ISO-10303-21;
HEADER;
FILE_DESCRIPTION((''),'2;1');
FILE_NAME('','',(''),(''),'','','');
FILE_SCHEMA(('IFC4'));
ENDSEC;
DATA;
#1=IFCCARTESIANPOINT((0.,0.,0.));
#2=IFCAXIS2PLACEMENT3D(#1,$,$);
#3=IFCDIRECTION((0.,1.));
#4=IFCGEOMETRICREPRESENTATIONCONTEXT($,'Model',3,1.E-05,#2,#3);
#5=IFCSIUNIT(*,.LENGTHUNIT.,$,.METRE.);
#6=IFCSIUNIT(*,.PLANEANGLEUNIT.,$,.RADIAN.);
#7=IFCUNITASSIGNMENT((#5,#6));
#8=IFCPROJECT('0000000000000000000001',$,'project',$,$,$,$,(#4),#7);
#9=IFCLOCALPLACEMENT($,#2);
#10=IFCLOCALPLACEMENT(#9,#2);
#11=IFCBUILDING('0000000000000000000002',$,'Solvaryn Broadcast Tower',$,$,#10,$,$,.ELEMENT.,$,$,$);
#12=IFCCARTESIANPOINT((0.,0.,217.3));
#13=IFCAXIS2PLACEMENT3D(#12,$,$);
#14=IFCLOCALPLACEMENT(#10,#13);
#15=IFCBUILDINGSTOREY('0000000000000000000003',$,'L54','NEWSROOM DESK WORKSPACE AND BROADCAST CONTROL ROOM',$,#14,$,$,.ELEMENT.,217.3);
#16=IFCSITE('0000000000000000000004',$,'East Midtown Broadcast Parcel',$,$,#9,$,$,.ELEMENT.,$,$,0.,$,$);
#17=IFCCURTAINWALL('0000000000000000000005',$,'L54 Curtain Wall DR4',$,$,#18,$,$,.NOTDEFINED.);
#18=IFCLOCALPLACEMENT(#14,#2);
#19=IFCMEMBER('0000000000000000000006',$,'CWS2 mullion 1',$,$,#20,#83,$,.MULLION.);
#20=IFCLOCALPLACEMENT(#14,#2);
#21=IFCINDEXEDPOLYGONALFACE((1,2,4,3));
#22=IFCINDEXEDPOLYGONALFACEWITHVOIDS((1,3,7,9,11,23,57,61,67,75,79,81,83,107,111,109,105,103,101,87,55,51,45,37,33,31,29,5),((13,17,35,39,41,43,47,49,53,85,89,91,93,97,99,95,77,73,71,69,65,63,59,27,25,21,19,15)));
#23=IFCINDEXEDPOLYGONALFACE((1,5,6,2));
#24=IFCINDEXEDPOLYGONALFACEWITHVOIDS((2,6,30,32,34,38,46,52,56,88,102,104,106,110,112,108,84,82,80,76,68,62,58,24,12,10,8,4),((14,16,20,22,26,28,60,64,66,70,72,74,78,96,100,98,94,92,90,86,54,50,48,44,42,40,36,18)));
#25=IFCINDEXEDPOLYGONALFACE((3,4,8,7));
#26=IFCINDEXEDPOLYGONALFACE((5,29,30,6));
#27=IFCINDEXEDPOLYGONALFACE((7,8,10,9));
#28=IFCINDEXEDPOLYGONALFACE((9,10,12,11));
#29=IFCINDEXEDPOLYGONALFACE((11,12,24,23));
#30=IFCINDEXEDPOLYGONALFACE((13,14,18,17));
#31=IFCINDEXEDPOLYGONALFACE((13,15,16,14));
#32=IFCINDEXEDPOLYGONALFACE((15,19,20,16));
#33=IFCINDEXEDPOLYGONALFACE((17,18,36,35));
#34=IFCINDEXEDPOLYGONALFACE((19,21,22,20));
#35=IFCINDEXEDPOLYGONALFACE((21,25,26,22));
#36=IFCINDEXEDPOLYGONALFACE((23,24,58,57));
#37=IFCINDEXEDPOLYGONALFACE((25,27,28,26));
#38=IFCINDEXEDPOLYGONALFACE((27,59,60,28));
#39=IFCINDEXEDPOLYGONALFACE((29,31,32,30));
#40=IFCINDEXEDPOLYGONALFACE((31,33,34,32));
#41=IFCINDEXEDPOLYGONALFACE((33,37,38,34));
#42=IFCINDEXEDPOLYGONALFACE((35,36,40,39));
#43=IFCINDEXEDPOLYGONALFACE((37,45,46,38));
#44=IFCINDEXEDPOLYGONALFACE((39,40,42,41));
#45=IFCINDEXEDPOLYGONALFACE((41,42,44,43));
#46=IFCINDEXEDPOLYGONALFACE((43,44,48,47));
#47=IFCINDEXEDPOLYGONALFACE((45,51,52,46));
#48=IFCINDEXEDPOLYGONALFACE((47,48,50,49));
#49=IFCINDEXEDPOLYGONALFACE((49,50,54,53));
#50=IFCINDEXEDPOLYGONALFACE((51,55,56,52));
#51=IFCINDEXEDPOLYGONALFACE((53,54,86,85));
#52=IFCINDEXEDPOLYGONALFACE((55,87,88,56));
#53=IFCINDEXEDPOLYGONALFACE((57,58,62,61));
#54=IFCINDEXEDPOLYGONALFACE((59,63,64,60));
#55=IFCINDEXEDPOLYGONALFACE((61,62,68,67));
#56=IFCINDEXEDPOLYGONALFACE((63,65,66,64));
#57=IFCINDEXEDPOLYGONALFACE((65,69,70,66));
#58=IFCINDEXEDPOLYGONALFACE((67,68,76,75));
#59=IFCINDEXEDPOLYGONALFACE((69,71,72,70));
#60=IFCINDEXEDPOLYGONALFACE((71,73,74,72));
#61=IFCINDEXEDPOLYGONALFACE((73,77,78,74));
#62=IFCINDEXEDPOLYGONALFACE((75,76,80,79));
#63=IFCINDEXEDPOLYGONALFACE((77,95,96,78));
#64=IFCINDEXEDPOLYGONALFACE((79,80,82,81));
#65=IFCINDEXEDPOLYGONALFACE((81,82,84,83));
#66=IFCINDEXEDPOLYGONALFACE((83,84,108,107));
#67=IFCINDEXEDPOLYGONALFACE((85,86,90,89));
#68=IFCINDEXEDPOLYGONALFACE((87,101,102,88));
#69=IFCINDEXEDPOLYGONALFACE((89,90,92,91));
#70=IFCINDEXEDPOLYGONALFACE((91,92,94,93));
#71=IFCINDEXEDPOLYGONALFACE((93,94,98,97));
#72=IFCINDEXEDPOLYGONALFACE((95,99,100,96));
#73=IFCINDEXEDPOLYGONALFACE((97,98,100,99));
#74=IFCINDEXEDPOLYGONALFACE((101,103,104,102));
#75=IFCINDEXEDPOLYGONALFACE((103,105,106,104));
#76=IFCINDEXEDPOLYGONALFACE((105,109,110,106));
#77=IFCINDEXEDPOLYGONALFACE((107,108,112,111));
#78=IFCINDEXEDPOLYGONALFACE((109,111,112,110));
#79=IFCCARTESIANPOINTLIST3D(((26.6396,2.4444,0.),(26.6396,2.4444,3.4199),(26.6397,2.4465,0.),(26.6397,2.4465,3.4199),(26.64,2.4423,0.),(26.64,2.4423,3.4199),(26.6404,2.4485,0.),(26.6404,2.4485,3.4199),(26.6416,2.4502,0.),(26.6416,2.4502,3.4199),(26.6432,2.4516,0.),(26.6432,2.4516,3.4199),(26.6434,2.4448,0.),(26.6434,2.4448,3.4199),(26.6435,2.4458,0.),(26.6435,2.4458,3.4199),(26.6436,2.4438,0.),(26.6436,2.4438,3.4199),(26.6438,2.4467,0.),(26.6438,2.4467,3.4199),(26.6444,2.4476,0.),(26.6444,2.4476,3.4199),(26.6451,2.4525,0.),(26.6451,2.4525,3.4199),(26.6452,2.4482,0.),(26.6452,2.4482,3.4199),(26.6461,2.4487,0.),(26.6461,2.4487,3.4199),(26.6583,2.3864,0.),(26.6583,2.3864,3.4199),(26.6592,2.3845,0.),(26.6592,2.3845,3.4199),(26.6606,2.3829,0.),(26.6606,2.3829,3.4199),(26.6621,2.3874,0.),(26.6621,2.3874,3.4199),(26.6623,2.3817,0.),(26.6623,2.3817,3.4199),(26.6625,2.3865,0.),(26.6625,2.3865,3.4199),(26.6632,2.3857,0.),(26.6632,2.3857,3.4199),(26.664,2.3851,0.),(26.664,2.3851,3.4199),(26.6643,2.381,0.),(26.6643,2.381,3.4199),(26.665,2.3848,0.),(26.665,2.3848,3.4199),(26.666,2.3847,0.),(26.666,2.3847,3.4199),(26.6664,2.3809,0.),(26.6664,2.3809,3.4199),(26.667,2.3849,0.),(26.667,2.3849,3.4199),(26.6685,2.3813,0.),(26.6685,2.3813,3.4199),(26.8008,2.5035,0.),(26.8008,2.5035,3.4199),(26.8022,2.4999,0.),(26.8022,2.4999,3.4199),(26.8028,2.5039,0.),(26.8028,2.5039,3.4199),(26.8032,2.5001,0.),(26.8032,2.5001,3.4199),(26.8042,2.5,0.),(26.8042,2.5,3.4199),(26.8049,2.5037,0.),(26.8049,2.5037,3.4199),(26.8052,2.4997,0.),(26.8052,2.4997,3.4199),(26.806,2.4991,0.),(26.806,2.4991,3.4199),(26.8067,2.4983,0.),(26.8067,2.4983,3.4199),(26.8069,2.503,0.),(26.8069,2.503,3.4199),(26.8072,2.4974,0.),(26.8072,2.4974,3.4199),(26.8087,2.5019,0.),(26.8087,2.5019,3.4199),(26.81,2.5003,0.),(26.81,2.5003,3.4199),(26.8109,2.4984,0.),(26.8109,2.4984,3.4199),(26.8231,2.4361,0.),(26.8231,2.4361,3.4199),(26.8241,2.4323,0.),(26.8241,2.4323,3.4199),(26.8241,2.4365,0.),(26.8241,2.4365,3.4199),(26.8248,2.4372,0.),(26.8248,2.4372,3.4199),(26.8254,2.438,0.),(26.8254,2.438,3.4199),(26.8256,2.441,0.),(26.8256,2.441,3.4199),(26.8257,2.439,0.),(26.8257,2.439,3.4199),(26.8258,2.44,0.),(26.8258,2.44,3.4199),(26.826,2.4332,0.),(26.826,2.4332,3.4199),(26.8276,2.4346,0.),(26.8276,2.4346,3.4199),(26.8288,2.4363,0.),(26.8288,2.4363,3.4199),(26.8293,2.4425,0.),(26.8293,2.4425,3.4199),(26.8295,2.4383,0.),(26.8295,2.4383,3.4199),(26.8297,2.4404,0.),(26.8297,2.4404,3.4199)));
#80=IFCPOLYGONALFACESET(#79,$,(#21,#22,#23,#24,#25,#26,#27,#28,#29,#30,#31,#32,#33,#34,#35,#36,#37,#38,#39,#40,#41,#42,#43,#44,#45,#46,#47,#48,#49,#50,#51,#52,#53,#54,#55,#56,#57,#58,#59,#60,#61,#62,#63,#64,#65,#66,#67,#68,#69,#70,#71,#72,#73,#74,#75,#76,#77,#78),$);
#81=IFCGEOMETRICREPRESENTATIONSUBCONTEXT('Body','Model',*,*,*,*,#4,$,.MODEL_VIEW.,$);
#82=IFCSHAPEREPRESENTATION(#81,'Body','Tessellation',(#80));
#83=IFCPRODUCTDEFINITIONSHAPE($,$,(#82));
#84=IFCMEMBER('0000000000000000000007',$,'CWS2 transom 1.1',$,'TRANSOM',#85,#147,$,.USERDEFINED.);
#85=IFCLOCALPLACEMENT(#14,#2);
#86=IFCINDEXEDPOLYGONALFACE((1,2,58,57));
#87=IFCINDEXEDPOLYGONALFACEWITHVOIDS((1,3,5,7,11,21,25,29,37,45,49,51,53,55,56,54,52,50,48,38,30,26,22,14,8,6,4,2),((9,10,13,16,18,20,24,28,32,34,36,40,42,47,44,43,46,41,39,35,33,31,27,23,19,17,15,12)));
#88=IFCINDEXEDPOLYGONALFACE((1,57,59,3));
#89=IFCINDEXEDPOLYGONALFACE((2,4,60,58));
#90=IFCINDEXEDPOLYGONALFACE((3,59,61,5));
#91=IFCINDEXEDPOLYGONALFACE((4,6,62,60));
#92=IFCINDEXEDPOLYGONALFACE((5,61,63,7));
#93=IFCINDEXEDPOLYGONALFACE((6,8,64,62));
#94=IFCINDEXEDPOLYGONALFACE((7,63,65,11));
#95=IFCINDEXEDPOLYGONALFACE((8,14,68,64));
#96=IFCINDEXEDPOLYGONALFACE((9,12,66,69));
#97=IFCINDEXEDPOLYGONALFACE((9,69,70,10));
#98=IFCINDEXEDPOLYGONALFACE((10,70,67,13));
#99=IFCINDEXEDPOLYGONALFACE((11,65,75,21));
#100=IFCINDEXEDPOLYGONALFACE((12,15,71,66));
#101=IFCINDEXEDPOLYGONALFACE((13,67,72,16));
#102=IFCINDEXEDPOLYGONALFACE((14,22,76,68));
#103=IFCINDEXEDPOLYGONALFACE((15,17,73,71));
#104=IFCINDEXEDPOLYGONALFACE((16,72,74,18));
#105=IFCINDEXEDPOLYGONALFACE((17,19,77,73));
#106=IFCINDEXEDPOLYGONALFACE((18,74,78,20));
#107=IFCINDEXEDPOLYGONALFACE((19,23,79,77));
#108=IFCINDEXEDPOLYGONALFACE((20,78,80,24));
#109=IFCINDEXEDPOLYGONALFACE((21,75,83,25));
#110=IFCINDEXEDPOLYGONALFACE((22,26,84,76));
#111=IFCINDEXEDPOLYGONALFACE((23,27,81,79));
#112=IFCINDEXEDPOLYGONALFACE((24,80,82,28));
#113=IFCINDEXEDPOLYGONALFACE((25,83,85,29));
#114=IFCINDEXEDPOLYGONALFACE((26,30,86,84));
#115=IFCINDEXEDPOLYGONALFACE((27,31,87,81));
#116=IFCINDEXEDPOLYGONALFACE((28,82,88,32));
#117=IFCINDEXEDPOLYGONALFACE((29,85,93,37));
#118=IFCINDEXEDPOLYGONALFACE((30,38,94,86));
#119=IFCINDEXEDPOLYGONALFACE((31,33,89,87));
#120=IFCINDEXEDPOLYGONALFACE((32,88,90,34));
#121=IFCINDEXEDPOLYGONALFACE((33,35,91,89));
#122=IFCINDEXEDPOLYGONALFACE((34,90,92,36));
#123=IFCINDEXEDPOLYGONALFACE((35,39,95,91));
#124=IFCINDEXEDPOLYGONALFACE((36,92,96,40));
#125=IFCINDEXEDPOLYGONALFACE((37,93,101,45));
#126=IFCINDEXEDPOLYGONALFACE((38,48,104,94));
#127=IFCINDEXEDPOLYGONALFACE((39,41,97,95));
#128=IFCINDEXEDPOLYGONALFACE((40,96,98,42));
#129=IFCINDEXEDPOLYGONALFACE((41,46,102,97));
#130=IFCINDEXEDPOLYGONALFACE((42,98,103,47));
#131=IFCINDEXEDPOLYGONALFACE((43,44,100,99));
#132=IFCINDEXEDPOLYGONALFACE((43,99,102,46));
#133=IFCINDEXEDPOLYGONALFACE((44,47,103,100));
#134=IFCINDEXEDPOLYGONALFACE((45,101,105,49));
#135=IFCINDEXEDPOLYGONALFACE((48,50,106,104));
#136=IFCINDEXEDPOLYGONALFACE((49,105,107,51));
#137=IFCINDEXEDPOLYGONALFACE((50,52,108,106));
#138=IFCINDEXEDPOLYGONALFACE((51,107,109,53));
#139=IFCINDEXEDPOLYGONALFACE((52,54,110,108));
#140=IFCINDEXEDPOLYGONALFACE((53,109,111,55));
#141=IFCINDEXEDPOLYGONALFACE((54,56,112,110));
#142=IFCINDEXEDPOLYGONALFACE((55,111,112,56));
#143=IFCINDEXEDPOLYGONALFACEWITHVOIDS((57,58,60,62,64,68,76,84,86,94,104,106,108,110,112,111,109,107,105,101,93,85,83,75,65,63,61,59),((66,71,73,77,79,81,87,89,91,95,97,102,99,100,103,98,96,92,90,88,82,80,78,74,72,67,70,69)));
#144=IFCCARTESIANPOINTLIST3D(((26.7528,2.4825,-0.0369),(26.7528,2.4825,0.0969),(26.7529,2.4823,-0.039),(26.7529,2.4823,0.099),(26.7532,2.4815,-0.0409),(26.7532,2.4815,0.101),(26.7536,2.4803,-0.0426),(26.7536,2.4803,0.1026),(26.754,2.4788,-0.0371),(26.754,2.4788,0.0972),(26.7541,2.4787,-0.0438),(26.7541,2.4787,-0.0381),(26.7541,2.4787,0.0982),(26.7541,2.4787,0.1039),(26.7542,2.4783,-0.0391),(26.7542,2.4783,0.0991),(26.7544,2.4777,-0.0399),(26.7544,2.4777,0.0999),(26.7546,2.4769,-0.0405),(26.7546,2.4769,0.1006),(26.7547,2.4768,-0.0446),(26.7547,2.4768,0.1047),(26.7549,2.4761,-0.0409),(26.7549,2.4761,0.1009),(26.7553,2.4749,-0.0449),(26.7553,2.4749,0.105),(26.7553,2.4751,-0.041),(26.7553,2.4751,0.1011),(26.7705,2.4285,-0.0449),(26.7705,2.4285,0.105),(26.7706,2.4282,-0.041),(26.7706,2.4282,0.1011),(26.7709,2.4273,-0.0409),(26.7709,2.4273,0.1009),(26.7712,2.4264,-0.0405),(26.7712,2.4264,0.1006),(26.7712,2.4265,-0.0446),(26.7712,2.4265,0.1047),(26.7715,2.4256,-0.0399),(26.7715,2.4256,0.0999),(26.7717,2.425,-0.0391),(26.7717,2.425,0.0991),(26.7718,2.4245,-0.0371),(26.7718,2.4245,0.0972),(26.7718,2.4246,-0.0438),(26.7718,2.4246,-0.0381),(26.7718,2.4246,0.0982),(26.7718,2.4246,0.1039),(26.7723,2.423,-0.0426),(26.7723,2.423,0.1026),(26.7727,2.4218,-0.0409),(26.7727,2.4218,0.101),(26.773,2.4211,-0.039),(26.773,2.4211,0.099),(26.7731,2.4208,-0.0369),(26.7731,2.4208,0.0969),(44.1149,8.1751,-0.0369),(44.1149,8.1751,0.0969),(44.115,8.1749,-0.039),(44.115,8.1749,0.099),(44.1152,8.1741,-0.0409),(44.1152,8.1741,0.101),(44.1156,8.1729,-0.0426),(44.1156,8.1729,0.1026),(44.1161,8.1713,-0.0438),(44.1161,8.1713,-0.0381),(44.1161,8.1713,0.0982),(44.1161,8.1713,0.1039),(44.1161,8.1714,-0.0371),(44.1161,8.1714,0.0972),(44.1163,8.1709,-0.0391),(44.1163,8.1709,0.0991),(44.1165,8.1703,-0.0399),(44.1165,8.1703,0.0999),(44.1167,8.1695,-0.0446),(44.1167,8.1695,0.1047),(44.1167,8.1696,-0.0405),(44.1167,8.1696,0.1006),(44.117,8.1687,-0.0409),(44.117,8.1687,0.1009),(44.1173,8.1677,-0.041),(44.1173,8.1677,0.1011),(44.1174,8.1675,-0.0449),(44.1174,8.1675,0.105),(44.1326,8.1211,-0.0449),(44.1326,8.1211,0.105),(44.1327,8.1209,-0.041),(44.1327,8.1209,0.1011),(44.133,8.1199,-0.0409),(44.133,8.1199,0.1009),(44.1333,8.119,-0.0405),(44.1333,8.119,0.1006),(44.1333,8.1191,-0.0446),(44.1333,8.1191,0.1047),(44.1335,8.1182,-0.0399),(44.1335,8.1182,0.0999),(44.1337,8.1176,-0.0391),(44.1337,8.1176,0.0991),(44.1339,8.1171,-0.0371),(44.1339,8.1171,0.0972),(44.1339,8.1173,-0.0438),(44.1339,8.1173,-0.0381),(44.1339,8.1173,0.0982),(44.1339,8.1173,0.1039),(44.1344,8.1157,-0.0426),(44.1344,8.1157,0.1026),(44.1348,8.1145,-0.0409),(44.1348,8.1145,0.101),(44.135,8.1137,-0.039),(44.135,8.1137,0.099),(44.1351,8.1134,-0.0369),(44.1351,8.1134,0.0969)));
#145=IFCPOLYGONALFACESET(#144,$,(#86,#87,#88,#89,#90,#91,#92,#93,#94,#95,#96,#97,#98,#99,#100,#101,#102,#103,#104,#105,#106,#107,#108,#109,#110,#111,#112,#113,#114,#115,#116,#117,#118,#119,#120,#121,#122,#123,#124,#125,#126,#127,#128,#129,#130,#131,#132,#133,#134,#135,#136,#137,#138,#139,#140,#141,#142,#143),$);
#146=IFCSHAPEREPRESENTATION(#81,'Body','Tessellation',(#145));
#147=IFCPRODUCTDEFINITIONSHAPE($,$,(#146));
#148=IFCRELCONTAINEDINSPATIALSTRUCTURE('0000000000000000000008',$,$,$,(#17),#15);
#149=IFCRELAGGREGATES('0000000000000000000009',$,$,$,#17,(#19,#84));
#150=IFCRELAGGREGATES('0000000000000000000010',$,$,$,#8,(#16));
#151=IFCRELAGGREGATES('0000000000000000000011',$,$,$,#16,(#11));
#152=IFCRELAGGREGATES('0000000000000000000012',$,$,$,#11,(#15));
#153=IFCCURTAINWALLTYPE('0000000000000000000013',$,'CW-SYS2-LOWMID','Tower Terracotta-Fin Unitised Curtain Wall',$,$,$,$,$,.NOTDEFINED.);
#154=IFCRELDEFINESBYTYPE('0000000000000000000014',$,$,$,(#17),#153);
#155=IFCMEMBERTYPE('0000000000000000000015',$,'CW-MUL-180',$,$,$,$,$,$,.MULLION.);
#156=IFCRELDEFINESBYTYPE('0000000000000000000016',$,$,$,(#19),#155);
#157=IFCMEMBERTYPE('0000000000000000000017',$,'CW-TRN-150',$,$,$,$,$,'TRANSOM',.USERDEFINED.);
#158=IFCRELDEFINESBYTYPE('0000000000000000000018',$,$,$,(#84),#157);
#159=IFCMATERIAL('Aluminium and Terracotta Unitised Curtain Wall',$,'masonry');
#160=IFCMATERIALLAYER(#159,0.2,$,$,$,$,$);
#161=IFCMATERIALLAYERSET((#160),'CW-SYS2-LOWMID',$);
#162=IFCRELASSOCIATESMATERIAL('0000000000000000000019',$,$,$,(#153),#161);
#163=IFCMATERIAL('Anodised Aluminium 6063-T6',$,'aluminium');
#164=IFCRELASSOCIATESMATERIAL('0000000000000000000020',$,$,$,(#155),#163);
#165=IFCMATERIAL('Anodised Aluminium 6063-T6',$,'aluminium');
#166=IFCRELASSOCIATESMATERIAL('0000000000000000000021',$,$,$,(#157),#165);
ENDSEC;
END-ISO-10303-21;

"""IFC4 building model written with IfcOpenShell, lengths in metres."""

from ifc_helpers import new_model, si_unit, direction, frame, origin, origin_2d, place, context, subcontext, project, spatial, hollow_rectangle, extrude, material, layer, layer_set, material_profile, profile_set, type_object, element, aggregate, save


model = new_model("IFC4")

# Units and contexts
model_context = context("Model", 3, precision=1e-05, world=origin(), true_north=direction((0.0, 1.0)))
body_context = subcontext(model_context, "Body", "Model", "MODEL_VIEW")
ifc_project = project(units=[si_unit("LENGTHUNIT", "METRE"), si_unit("PLANEANGLEUNIT", "RADIAN")], contexts=[model_context])

# Site, building, storey
site_placement = place(None, origin())
site = spatial("IfcSite", under=ifc_project, at=site_placement, Name="East Midtown Broadcast Parcel", CompositionType="ELEMENT", RefElevation=0.0)
building_placement = place(site_placement, origin())
building = spatial("IfcBuilding", under=site, at=building_placement, Name="Solvaryn Broadcast Tower", CompositionType="ELEMENT")
storey_placement = place(building_placement, frame((0.0, 0.0, 217.3)))
storey = spatial("IfcBuildingStorey", under=building, at=storey_placement, Name="L54", Description="NEWSROOM DESK WORKSPACE AND BROADCAST CONTROL ROOM", CompositionType="ELEMENT", Elevation=217.3)

# Shared definitions
ifc_material_1 = material(Name="Aluminium and Terracotta Unitised Curtain Wall", Category="masonry")
ifc_layer_1 = layer(ifc_material_1, 0.2)
ifc_layer_set_1 = layer_set([ifc_layer_1], Name="CW-SYS2-LOWMID")
curtain_wall_type = type_object("IfcCurtainWallType", Name="CW-SYS2-LOWMID", Description="Tower Terracotta-Fin Unitised Curtain Wall", PredefinedType="NOTDEFINED", material=ifc_layer_set_1)
ifc_material_2 = material(Name="Anodised Aluminium 6063-T6", Category="aluminium")
ifc_material_profile_1 = material_profile(ifc_material_2, hollow_rectangle(XDim=0.075, YDim=0.1799, WallThickness=0.0039, InnerFilletRadius=0.0039, OuterFilletRadius=0.0081, at=origin_2d()))
ifc_profile_set_1 = profile_set([ifc_material_profile_1], Name="Anodised Aluminium 6063-T6")
member_type_1 = type_object("IfcMemberType", Name="CW-MUL-180", PredefinedType="MULLION", material=ifc_profile_set_1)

# Curtain wall, members
curtain_wall_1_placement = place(storey_placement, origin())
curtain_wall_1 = element("IfcCurtainWall", 1, at=curtain_wall_1_placement, inside=storey, type_object=curtain_wall_type, Name="L54 Curtain Wall DR4", PredefinedType="NOTDEFINED")
member_1_placement = place(storey_placement, frame((26.7346, 2.4424, 0.0), z_axis=(0.0, 0.0, 1.0), x_axis=(-0.311559, 0.950227, 0.0)))
member_1 = element("IfcMember", 2, at=member_1_placement, type_object=member_type_1, Name="CWS2 mullion 1", PredefinedType="MULLION", context=body_context, shape_type="SweptSolid", body=[
    extrude(hollow_rectangle(XDim=0.075, YDim=0.1799, WallThickness=0.0039, InnerFilletRadius=0.0039, OuterFilletRadius=0.0081, at=origin_2d()), origin(), (0.0, 0.0, 1.0), 3.4199),
])
ifc_material_3 = material(Name="Anodised Aluminium 6063-T6", Category="aluminium")
ifc_material_profile_2 = material_profile(ifc_material_3, hollow_rectangle(XDim=0.0649, YDim=0.1499, WallThickness=0.0039, InnerFilletRadius=0.0039, OuterFilletRadius=0.0081, at=origin_2d()))
ifc_profile_set_2 = profile_set([ifc_material_profile_2], Name="Anodised Aluminium 6063-T6")
member_type_2 = type_object("IfcMemberType", Name="CW-TRN-150", ElementType="TRANSOM", PredefinedType="USERDEFINED", material=ifc_profile_set_2)
member_2_placement = place(storey_placement, frame((26.7629, 2.4517, 0.03), z_axis=(0.950227, 0.311558, 0.0), x_axis=(-0.311558, 0.950227, 0.0)))
member_2 = element("IfcMember", 3, at=member_2_placement, type_object=member_type_2, Name="CWS2 transom 1.1", ObjectType="TRANSOM", PredefinedType="USERDEFINED", context=body_context, shape_type="SweptSolid", body=[
    extrude(hollow_rectangle(XDim=0.0649, YDim=0.1499, WallThickness=0.0039, InnerFilletRadius=0.0039, OuterFilletRadius=0.0081, at=origin_2d()), origin(), (0.0, 0.0, 1.0), 18.2715),
])
aggregate(curtain_wall_1, [member_1, member_2])

save(model, "model.ifc")
